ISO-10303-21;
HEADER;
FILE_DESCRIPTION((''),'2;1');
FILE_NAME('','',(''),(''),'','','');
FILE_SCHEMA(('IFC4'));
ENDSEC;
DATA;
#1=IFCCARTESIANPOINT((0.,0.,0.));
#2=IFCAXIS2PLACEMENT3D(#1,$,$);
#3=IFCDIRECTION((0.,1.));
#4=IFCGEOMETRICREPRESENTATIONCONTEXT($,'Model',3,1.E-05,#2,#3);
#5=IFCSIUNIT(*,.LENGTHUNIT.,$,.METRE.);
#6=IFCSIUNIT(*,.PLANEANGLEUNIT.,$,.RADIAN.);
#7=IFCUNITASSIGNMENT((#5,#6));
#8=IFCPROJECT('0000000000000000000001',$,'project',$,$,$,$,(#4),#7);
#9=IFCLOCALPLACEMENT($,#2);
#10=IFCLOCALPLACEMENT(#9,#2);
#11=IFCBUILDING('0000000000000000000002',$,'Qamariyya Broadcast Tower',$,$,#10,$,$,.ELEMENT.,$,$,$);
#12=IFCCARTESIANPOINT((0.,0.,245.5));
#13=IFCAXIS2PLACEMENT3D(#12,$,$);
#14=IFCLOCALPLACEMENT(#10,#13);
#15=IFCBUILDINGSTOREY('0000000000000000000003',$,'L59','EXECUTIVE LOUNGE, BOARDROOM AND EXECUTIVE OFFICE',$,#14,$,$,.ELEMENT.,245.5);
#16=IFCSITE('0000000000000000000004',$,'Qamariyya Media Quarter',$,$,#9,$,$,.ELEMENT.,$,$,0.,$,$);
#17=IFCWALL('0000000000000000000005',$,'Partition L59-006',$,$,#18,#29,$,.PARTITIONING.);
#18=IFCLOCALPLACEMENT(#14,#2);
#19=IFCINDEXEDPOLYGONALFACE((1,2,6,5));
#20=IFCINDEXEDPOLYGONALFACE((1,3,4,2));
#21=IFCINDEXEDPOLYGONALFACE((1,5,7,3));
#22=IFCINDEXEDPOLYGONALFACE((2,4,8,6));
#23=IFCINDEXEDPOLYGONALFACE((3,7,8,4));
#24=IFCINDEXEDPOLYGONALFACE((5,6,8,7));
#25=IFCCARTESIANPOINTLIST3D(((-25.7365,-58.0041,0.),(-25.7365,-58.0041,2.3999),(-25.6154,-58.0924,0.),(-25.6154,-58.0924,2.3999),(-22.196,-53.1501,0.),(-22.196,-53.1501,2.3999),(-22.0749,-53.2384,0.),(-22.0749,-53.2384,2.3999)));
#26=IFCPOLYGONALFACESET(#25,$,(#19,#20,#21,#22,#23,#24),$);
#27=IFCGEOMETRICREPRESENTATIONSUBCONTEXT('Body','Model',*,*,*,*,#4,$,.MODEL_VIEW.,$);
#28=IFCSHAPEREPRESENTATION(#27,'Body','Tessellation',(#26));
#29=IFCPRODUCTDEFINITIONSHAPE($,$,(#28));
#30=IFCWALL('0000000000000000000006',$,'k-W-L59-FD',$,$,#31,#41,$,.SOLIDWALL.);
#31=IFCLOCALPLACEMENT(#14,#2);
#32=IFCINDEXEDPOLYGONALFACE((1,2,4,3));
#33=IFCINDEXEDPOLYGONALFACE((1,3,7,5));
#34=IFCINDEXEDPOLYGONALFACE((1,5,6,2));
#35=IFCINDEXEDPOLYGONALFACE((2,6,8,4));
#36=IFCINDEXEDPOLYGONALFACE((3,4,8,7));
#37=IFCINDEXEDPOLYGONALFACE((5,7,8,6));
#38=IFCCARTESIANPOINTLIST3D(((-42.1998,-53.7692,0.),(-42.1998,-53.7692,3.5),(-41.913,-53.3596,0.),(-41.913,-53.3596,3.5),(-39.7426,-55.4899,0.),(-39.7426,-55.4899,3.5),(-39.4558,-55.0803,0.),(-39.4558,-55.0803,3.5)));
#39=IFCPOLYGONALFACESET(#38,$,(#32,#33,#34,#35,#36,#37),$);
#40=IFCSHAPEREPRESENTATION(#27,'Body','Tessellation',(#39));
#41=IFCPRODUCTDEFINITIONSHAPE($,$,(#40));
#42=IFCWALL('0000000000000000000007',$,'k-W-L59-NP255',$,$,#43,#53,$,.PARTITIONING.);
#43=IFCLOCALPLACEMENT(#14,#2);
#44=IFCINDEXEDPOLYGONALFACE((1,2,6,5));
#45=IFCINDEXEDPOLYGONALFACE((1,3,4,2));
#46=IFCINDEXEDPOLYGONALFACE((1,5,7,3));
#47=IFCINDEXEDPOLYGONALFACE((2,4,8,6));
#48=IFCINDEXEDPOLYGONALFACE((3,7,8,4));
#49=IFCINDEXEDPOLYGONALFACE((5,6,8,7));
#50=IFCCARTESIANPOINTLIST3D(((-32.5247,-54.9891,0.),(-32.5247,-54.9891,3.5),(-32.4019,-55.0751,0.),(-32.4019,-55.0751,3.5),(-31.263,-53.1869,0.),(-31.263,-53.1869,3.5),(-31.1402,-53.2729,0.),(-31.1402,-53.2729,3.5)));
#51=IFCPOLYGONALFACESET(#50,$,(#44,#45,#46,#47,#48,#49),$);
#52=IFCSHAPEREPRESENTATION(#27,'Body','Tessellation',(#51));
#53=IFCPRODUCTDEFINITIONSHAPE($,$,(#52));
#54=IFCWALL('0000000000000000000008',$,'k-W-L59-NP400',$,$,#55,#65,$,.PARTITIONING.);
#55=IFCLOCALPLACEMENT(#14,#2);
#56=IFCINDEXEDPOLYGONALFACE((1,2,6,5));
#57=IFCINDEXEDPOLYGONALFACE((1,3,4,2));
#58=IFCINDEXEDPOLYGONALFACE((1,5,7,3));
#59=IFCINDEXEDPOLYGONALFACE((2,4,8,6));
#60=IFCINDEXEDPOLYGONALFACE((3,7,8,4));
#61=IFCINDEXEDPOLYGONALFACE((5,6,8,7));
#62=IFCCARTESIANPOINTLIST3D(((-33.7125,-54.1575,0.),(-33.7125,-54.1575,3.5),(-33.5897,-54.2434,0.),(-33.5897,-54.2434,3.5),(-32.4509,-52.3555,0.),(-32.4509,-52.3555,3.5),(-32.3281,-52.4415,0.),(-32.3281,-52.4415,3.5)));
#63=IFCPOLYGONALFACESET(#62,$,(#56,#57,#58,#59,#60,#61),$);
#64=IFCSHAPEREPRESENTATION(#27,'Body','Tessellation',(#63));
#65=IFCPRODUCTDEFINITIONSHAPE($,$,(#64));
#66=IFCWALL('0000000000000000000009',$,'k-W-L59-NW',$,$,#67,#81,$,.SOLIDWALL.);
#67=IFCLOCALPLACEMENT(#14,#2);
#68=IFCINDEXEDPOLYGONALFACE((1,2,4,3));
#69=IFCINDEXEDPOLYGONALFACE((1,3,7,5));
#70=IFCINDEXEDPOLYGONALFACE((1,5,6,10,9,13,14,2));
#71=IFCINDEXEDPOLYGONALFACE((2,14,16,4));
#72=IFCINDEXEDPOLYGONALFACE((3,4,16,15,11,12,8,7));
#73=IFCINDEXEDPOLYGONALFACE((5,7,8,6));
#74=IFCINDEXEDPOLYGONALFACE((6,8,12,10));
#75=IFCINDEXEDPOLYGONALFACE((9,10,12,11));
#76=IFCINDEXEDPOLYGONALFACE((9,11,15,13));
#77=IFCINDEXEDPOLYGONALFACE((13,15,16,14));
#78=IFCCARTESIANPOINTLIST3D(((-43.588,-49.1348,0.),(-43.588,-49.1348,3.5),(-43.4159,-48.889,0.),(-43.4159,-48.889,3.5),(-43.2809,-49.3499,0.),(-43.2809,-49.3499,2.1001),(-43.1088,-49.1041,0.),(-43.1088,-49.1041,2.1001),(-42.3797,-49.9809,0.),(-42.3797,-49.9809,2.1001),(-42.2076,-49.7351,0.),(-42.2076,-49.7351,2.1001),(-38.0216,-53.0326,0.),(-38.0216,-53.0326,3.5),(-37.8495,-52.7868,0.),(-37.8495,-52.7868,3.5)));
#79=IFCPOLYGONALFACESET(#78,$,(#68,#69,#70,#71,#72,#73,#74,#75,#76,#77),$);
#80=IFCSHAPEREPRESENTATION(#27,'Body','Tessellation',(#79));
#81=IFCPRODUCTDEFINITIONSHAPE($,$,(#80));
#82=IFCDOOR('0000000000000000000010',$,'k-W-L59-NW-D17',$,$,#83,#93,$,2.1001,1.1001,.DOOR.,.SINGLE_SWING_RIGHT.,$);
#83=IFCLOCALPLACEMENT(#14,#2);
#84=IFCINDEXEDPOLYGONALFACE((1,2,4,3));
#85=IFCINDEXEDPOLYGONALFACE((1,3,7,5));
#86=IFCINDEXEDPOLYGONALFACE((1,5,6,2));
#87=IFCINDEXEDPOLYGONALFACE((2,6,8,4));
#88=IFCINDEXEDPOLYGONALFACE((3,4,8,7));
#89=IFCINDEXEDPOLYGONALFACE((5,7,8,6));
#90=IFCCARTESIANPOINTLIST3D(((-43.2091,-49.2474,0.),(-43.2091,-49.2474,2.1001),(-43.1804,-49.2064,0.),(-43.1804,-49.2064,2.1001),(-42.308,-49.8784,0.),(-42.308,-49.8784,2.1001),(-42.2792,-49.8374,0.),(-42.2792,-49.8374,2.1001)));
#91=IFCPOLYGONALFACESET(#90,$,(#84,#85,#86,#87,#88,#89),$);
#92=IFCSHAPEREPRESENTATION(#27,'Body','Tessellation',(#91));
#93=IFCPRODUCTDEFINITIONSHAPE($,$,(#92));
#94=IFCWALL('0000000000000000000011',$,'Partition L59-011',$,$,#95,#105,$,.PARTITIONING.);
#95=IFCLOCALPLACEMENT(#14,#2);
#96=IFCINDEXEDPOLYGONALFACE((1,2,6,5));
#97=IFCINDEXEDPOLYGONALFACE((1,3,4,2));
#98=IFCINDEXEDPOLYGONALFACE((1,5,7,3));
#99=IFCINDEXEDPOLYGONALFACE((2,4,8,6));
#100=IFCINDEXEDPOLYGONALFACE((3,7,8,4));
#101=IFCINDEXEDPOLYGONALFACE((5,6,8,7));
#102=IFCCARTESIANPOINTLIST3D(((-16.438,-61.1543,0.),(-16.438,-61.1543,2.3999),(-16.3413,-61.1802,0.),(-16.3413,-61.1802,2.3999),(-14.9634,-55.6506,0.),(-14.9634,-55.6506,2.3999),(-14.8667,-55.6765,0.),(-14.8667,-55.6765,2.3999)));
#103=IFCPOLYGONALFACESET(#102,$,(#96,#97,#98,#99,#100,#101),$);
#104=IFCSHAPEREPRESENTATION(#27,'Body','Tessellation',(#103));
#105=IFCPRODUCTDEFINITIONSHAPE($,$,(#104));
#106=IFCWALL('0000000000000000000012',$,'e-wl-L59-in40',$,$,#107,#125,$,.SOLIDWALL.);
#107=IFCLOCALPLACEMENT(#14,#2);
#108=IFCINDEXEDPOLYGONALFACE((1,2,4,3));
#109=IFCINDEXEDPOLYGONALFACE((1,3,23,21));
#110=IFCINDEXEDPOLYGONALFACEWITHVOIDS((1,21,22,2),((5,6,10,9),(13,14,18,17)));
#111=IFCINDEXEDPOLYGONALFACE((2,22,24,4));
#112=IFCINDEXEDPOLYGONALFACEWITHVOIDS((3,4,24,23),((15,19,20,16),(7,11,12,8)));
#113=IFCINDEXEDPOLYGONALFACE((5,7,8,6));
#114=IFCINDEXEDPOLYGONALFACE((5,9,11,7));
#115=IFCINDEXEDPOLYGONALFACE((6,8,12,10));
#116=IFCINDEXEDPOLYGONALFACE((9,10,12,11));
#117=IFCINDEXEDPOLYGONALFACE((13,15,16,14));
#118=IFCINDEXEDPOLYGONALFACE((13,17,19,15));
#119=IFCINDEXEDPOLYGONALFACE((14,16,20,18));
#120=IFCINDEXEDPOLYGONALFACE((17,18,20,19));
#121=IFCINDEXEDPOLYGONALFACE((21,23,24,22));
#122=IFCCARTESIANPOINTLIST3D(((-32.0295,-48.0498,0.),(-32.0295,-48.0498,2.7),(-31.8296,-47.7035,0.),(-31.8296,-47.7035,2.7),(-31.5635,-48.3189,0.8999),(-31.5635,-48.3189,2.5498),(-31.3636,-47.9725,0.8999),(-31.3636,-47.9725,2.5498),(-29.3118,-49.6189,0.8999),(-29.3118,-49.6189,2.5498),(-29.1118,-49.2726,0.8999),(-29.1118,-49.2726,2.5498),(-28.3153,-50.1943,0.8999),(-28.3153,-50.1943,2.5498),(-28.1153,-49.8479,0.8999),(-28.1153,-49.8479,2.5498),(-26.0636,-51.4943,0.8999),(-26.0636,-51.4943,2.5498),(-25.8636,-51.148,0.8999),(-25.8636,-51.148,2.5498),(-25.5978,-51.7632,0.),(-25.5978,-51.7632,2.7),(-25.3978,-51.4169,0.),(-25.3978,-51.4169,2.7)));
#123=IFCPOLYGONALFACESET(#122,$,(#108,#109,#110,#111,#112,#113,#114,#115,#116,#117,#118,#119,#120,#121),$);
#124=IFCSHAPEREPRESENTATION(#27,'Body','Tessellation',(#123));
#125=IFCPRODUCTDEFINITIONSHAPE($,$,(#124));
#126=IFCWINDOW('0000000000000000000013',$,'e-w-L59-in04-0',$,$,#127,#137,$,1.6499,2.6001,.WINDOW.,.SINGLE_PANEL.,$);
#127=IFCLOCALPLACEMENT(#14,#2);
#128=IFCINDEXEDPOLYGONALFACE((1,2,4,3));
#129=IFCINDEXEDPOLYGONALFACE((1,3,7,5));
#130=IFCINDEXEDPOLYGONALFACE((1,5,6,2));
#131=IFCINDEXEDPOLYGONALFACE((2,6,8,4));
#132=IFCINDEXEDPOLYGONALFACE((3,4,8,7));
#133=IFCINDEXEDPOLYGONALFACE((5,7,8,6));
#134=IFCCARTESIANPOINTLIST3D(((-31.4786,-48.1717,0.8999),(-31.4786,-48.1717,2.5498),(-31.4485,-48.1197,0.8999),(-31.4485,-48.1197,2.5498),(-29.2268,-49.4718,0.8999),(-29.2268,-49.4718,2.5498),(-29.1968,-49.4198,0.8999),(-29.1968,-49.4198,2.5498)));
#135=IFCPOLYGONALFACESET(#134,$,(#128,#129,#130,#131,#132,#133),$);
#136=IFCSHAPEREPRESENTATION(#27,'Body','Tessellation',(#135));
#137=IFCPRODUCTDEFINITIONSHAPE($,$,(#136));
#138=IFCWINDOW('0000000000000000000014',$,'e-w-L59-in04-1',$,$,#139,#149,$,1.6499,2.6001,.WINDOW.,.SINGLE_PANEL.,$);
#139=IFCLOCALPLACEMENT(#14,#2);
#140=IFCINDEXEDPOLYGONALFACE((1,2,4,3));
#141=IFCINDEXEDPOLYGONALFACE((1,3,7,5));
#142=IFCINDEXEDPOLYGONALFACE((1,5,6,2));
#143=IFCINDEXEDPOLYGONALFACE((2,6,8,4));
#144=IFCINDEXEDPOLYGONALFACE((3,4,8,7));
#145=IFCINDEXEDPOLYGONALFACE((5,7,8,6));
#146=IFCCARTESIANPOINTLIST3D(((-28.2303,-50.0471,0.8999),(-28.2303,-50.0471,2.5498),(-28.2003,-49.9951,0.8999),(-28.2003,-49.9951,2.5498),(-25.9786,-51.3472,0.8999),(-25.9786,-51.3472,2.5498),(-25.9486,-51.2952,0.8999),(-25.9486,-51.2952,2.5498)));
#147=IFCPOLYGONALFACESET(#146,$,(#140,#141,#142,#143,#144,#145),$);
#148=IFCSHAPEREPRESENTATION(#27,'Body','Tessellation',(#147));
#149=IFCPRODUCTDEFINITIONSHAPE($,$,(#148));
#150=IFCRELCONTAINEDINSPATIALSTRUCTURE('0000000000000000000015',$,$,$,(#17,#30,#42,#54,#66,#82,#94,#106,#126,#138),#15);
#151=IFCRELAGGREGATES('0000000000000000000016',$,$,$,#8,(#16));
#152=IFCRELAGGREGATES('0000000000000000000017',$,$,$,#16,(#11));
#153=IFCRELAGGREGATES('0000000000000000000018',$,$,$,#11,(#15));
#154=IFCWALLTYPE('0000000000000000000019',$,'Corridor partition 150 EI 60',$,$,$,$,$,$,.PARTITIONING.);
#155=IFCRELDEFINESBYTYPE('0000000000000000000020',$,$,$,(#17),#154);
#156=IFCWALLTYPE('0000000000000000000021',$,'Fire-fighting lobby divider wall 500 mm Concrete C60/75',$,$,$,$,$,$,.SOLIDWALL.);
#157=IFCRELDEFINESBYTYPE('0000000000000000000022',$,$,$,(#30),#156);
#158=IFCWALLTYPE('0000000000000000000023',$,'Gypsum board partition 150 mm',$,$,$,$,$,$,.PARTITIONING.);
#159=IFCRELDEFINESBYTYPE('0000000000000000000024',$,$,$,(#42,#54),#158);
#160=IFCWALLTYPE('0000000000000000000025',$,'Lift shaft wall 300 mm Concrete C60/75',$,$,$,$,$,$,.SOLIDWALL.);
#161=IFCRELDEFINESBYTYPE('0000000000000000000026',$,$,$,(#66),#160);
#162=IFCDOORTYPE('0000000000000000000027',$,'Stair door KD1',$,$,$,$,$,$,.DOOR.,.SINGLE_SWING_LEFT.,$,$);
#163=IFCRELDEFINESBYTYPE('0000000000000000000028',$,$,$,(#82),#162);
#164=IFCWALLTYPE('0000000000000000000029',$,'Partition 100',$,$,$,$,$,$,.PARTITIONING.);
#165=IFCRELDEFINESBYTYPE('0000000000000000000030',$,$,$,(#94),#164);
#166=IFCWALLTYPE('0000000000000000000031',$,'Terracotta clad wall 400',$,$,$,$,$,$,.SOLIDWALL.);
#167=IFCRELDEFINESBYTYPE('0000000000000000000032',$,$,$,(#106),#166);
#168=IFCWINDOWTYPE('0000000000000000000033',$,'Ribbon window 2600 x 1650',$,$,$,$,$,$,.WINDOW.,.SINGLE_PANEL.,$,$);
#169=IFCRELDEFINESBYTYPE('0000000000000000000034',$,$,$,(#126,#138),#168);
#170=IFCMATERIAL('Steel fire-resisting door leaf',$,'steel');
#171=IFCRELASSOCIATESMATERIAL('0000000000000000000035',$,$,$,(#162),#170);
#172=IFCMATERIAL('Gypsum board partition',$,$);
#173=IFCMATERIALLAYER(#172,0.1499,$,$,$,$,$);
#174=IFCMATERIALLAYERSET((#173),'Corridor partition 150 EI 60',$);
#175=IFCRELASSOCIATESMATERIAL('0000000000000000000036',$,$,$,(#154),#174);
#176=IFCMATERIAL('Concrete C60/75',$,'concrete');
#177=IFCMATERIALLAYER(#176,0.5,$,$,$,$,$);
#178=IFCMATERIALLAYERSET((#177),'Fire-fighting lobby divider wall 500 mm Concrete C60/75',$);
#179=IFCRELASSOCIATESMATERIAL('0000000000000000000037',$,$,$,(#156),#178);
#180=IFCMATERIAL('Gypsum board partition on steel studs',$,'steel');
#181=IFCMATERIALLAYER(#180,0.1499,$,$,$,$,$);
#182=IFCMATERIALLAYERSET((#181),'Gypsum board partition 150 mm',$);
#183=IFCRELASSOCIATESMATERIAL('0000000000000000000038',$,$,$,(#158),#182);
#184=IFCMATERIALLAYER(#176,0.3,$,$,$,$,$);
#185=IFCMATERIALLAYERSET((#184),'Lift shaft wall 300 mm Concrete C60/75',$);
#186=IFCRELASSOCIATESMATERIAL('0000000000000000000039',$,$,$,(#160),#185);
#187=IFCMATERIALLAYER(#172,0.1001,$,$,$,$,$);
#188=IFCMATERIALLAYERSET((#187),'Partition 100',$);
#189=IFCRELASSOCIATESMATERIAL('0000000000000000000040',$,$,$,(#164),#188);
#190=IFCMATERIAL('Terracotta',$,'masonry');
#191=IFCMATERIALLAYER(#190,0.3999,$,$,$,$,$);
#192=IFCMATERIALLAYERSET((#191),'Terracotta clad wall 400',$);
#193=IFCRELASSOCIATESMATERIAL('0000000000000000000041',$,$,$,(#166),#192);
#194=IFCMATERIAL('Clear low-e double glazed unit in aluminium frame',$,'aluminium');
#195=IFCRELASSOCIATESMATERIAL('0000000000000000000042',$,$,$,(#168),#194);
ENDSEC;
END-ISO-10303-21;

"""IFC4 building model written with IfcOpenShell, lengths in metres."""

from ifc_helpers import new_model, si_unit, direction, frame, frame_2d, origin, place, context, subcontext, project, spatial, rectangle, extrude, material, layer, layer_set, type_object, element, fill, save


model = new_model("IFC4")

# Units and contexts
model_context = context("Model", 3, precision=1e-05, world=origin(), true_north=direction((0.0, 1.0)))
body_context = subcontext(model_context, "Body", "Model", "MODEL_VIEW")
ifc_project = project(units=[si_unit("LENGTHUNIT", "METRE"), si_unit("PLANEANGLEUNIT", "RADIAN")], contexts=[model_context])

# Site, building, storey
site_placement = place(None, origin())
site = spatial("IfcSite", under=ifc_project, at=site_placement, Name="Qamariyya Media Quarter", CompositionType="ELEMENT", RefElevation=0.0)
building_placement = place(site_placement, origin())
building = spatial("IfcBuilding", under=site, at=building_placement, Name="Qamariyya Broadcast Tower", CompositionType="ELEMENT")
storey_placement = place(building_placement, frame((0.0, 0.0, 245.5)))
storey = spatial("IfcBuildingStorey", under=building, at=storey_placement, Name="L59", Description="EXECUTIVE LOUNGE, BOARDROOM AND EXECUTIVE OFFICE", CompositionType="ELEMENT", Elevation=245.5)

# Shared definitions
ifc_material_1 = material(Name="Concrete C60/75", Category="concrete")

# Shared definitions
ifc_material_2 = material(Name="Steel fire-resisting door leaf", Category="steel")
door_type_1 = type_object("IfcDoorType", Name="Stair door KD1", OperationType="SINGLE_SWING_LEFT", PredefinedType="DOOR", material=ifc_material_2)

# Walls
ifc_material_3 = material(Name="Gypsum board partition")
ifc_layer_1 = layer(ifc_material_3, 0.1499)
ifc_layer_set_1 = layer_set([ifc_layer_1], Name="Corridor partition 150 EI 60")
wall_type_1 = type_object("IfcWallType", Name="Corridor partition 150 EI 60", PredefinedType="PARTITIONING", material=ifc_layer_set_1)
wall_1_placement = place(storey_placement, frame((-22.1355, -53.1943, 0.0), z_axis=(0.0, 0.0, 1.0), x_axis=(-0.589297, -0.807916, 0.0)))
element("IfcWall", 1, at=wall_1_placement, inside=storey, type_object=wall_type_1, Name="Partition L59-006", PredefinedType="PARTITIONING", context=body_context, shape_type="SweptSolid", body=[
    extrude(rectangle(XDim=6.0081, YDim=0.1499, at=frame_2d((3.0039, 0.0))), origin(), (0.0, 0.0, 1.0), 2.3999),
])
ifc_layer_2 = layer(ifc_material_1, 0.5)
ifc_layer_set_2 = layer_set([ifc_layer_2], Name="Fire-fighting lobby divider wall 500 mm Concrete C60/75")
wall_type_2 = type_object("IfcWallType", Name="Fire-fighting lobby divider wall 500 mm Concrete C60/75", PredefinedType="SOLIDWALL", material=ifc_layer_set_2)
wall_2_placement = place(storey_placement, frame((-39.5991, -55.2852, 0.0), z_axis=(0.0, 0.0, 1.0), x_axis=(-0.819136, 0.573599, 0.0)))
element("IfcWall", 2, at=wall_2_placement, inside=storey, type_object=wall_type_2, Name="k-W-L59-FD", PredefinedType="SOLIDWALL", context=body_context, shape_type="SweptSolid", body=[
    extrude(rectangle(XDim=2.9998, YDim=0.5, at=frame_2d((1.5, 0.0))), origin(), (0.0, 0.0, 1.0), 3.5),
])
ifc_material_4 = material(Name="Gypsum board partition on steel studs", Category="steel")
ifc_layer_3 = layer(ifc_material_4, 0.1499)
ifc_layer_set_3 = layer_set([ifc_layer_3], Name="Gypsum board partition 150 mm")
wall_type_3 = type_object("IfcWallType", Name="Gypsum board partition 150 mm", PredefinedType="PARTITIONING", material=ifc_layer_set_3)
wall_3_placement = place(storey_placement, frame((-32.4634, -55.0322, 0.0), z_axis=(0.0, 0.0, 1.0), x_axis=(0.573507, 0.819201, 0.0)))
element("IfcWall", 3, at=wall_3_placement, inside=storey, type_object=wall_type_3, Name="k-W-L59-NP255", PredefinedType="PARTITIONING", context=body_context, shape_type="SweptSolid", body=[
    extrude(rectangle(XDim=2.2, YDim=0.1499, at=frame_2d((1.1001, 0.0))), origin(), (0.0, 0.0, 1.0), 3.5),
])
wall_4_placement = place(storey_placement, frame((-33.6511, -54.2004, 0.0), z_axis=(0.0, 0.0, 1.0), x_axis=(0.573559, 0.819164, 0.0)))
element("IfcWall", 4, at=wall_4_placement, inside=storey, type_object=wall_type_3, Name="k-W-L59-NP400", PredefinedType="PARTITIONING", context=body_context, shape_type="SweptSolid", body=[
    extrude(rectangle(XDim=2.1997, YDim=0.1499, at=frame_2d((1.0999, 0.0))), origin(), (0.0, 0.0, 1.0), 3.5),
])

# Wall, opening, door
ifc_layer_4 = layer(ifc_material_1, 0.3)
ifc_layer_set_4 = layer_set([ifc_layer_4], Name="Lift shaft wall 300 mm Concrete C60/75")
wall_type_4 = type_object("IfcWallType", Name="Lift shaft wall 300 mm Concrete C60/75", PredefinedType="SOLIDWALL", material=ifc_layer_set_4)
wall_5_placement = place(storey_placement, frame((-37.9355, -52.9097, 0.0), z_axis=(0.0, 0.0, 1.0), x_axis=(-0.819148, 0.573583, 0.0)))
wall_5 = element("IfcWall", 5, at=wall_5_placement, inside=storey, type_object=wall_type_4, Name="k-W-L59-NW", PredefinedType="SOLIDWALL", context=body_context, shape_type="SweptSolid", body=[
    extrude(rectangle(XDim=6.7954, YDim=0.3, at=frame_2d((3.3977, 0.0))), origin(), (0.0, 0.0, 1.0), 3.5),
])
opening_1_placement = place(wall_5_placement, frame((5.3203, 0.0, 0.0)))
opening_1 = element("IfcOpeningElement", 6, at=opening_1_placement, cuts=wall_5, PredefinedType="OPENING", context=body_context, shape_type="SweptSolid", body=[
    extrude(rectangle(XDim=1.1001, YDim=2.1001, at=frame_2d((0.55, 1.05))), frame((0.0, 0.1599, 0.0), z_axis=(0.0, -1.0, 0.0), x_axis=(1.0, 0.0, 0.0)), (0.0, 0.0, 1.0), 0.3201),
])
door_1_placement = place(opening_1_placement, origin())
door_1 = element("IfcDoor", 7, at=door_1_placement, inside=storey, type_object=door_type_1, Name="k-W-L59-NW-D17", OperationType="SINGLE_SWING_RIGHT", OverallHeight=2.1001, OverallWidth=1.1001, PredefinedType="DOOR", context=body_context, shape_type="SweptSolid", body=[
    extrude(rectangle(XDim=1.1001, YDim=2.1001, at=frame_2d((0.55, 1.05))), frame((0.0, 0.0249, 0.0), z_axis=(0.0, -1.0, 0.0), x_axis=(1.0, 0.0, 0.0)), (0.0, 0.0, 1.0), 0.05),
])
fill(opening_1, door_1)

# Wall
ifc_layer_5 = layer(ifc_material_3, 0.1001)
ifc_layer_set_5 = layer_set([ifc_layer_5], Name="Partition 100")
wall_type_5 = type_object("IfcWallType", Name="Partition 100", PredefinedType="PARTITIONING", material=ifc_layer_set_5)
wall_6_placement = place(storey_placement, frame((-14.915, -55.6636, 0.0), z_axis=(0.0, 0.0, 1.0), x_axis=(-0.258804, -0.96593, 0.0)))
element("IfcWall", 8, at=wall_6_placement, inside=storey, type_object=wall_type_5, Name="Partition L59-011", PredefinedType="PARTITIONING", context=body_context, shape_type="SweptSolid", body=[
    extrude(rectangle(XDim=5.6978, YDim=0.1001, at=frame_2d((2.8489, 0.0))), origin(), (0.0, 0.0, 1.0), 2.3999),
])

# Wall, openings, windows
ifc_material_5 = material(Name="Terracotta", Category="masonry")
ifc_layer_6 = layer(ifc_material_5, 0.3999)
ifc_layer_set_6 = layer_set([ifc_layer_6], Name="Terracotta clad wall 400")
wall_type_6 = type_object("IfcWallType", Name="Terracotta clad wall 400", PredefinedType="SOLIDWALL", material=ifc_layer_set_6)
wall_7_placement = place(storey_placement, frame((-25.4978, -51.5901, 0.0), z_axis=(0.0, 0.0, 1.0), x_axis=(-0.866021, 0.500007, 0.0)))
wall_7 = element("IfcWall", 9, at=wall_7_placement, inside=storey, type_object=wall_type_6, Name="e-wl-L59-in40", PredefinedType="SOLIDWALL", context=body_context, shape_type="SweptSolid", body=[
    extrude(rectangle(XDim=7.4268, YDim=0.3999, at=frame_2d((3.7134, 0.0))), origin(), (0.0, 0.0, 1.0), 2.7),
])
opening_2_placement = place(wall_7_placement, frame((4.2886, 0.0, 0.8999)))
opening_2 = element("IfcOpeningElement", 10, at=opening_2_placement, cuts=wall_7, PredefinedType="OPENING", context=body_context, shape_type="SweptSolid", body=[
    extrude(rectangle(XDim=2.6001, YDim=1.6499, at=frame_2d((1.3, 0.825))), frame((0.0, 0.21, 0.0), z_axis=(0.0, -1.0, 0.0), x_axis=(1.0, 0.0, 0.0)), (0.0, 0.0, 1.0), 0.4199),
])
opening_3_placement = place(wall_7_placement, frame((0.5378, 0.0, 0.8999)))
opening_3 = element("IfcOpeningElement", 11, at=opening_3_placement, cuts=wall_7, PredefinedType="OPENING", context=body_context, shape_type="SweptSolid", body=[
    extrude(rectangle(XDim=2.6001, YDim=1.6499, at=frame_2d((1.3, 0.825))), frame((0.0, 0.21, 0.0), z_axis=(0.0, -1.0, 0.0), x_axis=(1.0, 0.0, 0.0)), (0.0, 0.0, 1.0), 0.4199),
])
ifc_material_6 = material(Name="Clear low-e double glazed unit in aluminium frame", Category="aluminium")
window_type = type_object("IfcWindowType", Name="Ribbon window 2600 x 1650", PartitioningType="SINGLE_PANEL", PredefinedType="WINDOW", material=ifc_material_6)
window_1_placement = place(opening_2_placement, origin())
window_1 = element("IfcWindow", 12, at=window_1_placement, inside=storey, type_object=window_type, Name="e-w-L59-in04-0", OverallHeight=1.6499, OverallWidth=2.6001, PartitioningType="SINGLE_PANEL", PredefinedType="WINDOW", context=body_context, shape_type="SweptSolid", body=[
    extrude(rectangle(XDim=2.6001, YDim=1.6499, at=frame_2d((1.3, 0.825))), frame((0.0, 0.03, 0.0), z_axis=(0.0, -1.0, 0.0), x_axis=(1.0, 0.0, 0.0)), (0.0, 0.0, 1.0), 0.0601),
])
fill(opening_2, window_1)
window_2_placement = place(opening_3_placement, origin())
window_2 = element("IfcWindow", 13, at=window_2_placement, inside=storey, type_object=window_type, Name="e-w-L59-in04-1", OverallHeight=1.6499, OverallWidth=2.6001, PartitioningType="SINGLE_PANEL", PredefinedType="WINDOW", context=body_context, shape_type="SweptSolid", body=[
    extrude(rectangle(XDim=2.6001, YDim=1.6499, at=frame_2d((1.3, 0.825))), frame((0.0, 0.03, 0.0), z_axis=(0.0, -1.0, 0.0), x_axis=(1.0, 0.0, 0.0)), (0.0, 0.0, 1.0), 0.0601),
])
fill(opening_3, window_2)

save(model, "model.ifc")
